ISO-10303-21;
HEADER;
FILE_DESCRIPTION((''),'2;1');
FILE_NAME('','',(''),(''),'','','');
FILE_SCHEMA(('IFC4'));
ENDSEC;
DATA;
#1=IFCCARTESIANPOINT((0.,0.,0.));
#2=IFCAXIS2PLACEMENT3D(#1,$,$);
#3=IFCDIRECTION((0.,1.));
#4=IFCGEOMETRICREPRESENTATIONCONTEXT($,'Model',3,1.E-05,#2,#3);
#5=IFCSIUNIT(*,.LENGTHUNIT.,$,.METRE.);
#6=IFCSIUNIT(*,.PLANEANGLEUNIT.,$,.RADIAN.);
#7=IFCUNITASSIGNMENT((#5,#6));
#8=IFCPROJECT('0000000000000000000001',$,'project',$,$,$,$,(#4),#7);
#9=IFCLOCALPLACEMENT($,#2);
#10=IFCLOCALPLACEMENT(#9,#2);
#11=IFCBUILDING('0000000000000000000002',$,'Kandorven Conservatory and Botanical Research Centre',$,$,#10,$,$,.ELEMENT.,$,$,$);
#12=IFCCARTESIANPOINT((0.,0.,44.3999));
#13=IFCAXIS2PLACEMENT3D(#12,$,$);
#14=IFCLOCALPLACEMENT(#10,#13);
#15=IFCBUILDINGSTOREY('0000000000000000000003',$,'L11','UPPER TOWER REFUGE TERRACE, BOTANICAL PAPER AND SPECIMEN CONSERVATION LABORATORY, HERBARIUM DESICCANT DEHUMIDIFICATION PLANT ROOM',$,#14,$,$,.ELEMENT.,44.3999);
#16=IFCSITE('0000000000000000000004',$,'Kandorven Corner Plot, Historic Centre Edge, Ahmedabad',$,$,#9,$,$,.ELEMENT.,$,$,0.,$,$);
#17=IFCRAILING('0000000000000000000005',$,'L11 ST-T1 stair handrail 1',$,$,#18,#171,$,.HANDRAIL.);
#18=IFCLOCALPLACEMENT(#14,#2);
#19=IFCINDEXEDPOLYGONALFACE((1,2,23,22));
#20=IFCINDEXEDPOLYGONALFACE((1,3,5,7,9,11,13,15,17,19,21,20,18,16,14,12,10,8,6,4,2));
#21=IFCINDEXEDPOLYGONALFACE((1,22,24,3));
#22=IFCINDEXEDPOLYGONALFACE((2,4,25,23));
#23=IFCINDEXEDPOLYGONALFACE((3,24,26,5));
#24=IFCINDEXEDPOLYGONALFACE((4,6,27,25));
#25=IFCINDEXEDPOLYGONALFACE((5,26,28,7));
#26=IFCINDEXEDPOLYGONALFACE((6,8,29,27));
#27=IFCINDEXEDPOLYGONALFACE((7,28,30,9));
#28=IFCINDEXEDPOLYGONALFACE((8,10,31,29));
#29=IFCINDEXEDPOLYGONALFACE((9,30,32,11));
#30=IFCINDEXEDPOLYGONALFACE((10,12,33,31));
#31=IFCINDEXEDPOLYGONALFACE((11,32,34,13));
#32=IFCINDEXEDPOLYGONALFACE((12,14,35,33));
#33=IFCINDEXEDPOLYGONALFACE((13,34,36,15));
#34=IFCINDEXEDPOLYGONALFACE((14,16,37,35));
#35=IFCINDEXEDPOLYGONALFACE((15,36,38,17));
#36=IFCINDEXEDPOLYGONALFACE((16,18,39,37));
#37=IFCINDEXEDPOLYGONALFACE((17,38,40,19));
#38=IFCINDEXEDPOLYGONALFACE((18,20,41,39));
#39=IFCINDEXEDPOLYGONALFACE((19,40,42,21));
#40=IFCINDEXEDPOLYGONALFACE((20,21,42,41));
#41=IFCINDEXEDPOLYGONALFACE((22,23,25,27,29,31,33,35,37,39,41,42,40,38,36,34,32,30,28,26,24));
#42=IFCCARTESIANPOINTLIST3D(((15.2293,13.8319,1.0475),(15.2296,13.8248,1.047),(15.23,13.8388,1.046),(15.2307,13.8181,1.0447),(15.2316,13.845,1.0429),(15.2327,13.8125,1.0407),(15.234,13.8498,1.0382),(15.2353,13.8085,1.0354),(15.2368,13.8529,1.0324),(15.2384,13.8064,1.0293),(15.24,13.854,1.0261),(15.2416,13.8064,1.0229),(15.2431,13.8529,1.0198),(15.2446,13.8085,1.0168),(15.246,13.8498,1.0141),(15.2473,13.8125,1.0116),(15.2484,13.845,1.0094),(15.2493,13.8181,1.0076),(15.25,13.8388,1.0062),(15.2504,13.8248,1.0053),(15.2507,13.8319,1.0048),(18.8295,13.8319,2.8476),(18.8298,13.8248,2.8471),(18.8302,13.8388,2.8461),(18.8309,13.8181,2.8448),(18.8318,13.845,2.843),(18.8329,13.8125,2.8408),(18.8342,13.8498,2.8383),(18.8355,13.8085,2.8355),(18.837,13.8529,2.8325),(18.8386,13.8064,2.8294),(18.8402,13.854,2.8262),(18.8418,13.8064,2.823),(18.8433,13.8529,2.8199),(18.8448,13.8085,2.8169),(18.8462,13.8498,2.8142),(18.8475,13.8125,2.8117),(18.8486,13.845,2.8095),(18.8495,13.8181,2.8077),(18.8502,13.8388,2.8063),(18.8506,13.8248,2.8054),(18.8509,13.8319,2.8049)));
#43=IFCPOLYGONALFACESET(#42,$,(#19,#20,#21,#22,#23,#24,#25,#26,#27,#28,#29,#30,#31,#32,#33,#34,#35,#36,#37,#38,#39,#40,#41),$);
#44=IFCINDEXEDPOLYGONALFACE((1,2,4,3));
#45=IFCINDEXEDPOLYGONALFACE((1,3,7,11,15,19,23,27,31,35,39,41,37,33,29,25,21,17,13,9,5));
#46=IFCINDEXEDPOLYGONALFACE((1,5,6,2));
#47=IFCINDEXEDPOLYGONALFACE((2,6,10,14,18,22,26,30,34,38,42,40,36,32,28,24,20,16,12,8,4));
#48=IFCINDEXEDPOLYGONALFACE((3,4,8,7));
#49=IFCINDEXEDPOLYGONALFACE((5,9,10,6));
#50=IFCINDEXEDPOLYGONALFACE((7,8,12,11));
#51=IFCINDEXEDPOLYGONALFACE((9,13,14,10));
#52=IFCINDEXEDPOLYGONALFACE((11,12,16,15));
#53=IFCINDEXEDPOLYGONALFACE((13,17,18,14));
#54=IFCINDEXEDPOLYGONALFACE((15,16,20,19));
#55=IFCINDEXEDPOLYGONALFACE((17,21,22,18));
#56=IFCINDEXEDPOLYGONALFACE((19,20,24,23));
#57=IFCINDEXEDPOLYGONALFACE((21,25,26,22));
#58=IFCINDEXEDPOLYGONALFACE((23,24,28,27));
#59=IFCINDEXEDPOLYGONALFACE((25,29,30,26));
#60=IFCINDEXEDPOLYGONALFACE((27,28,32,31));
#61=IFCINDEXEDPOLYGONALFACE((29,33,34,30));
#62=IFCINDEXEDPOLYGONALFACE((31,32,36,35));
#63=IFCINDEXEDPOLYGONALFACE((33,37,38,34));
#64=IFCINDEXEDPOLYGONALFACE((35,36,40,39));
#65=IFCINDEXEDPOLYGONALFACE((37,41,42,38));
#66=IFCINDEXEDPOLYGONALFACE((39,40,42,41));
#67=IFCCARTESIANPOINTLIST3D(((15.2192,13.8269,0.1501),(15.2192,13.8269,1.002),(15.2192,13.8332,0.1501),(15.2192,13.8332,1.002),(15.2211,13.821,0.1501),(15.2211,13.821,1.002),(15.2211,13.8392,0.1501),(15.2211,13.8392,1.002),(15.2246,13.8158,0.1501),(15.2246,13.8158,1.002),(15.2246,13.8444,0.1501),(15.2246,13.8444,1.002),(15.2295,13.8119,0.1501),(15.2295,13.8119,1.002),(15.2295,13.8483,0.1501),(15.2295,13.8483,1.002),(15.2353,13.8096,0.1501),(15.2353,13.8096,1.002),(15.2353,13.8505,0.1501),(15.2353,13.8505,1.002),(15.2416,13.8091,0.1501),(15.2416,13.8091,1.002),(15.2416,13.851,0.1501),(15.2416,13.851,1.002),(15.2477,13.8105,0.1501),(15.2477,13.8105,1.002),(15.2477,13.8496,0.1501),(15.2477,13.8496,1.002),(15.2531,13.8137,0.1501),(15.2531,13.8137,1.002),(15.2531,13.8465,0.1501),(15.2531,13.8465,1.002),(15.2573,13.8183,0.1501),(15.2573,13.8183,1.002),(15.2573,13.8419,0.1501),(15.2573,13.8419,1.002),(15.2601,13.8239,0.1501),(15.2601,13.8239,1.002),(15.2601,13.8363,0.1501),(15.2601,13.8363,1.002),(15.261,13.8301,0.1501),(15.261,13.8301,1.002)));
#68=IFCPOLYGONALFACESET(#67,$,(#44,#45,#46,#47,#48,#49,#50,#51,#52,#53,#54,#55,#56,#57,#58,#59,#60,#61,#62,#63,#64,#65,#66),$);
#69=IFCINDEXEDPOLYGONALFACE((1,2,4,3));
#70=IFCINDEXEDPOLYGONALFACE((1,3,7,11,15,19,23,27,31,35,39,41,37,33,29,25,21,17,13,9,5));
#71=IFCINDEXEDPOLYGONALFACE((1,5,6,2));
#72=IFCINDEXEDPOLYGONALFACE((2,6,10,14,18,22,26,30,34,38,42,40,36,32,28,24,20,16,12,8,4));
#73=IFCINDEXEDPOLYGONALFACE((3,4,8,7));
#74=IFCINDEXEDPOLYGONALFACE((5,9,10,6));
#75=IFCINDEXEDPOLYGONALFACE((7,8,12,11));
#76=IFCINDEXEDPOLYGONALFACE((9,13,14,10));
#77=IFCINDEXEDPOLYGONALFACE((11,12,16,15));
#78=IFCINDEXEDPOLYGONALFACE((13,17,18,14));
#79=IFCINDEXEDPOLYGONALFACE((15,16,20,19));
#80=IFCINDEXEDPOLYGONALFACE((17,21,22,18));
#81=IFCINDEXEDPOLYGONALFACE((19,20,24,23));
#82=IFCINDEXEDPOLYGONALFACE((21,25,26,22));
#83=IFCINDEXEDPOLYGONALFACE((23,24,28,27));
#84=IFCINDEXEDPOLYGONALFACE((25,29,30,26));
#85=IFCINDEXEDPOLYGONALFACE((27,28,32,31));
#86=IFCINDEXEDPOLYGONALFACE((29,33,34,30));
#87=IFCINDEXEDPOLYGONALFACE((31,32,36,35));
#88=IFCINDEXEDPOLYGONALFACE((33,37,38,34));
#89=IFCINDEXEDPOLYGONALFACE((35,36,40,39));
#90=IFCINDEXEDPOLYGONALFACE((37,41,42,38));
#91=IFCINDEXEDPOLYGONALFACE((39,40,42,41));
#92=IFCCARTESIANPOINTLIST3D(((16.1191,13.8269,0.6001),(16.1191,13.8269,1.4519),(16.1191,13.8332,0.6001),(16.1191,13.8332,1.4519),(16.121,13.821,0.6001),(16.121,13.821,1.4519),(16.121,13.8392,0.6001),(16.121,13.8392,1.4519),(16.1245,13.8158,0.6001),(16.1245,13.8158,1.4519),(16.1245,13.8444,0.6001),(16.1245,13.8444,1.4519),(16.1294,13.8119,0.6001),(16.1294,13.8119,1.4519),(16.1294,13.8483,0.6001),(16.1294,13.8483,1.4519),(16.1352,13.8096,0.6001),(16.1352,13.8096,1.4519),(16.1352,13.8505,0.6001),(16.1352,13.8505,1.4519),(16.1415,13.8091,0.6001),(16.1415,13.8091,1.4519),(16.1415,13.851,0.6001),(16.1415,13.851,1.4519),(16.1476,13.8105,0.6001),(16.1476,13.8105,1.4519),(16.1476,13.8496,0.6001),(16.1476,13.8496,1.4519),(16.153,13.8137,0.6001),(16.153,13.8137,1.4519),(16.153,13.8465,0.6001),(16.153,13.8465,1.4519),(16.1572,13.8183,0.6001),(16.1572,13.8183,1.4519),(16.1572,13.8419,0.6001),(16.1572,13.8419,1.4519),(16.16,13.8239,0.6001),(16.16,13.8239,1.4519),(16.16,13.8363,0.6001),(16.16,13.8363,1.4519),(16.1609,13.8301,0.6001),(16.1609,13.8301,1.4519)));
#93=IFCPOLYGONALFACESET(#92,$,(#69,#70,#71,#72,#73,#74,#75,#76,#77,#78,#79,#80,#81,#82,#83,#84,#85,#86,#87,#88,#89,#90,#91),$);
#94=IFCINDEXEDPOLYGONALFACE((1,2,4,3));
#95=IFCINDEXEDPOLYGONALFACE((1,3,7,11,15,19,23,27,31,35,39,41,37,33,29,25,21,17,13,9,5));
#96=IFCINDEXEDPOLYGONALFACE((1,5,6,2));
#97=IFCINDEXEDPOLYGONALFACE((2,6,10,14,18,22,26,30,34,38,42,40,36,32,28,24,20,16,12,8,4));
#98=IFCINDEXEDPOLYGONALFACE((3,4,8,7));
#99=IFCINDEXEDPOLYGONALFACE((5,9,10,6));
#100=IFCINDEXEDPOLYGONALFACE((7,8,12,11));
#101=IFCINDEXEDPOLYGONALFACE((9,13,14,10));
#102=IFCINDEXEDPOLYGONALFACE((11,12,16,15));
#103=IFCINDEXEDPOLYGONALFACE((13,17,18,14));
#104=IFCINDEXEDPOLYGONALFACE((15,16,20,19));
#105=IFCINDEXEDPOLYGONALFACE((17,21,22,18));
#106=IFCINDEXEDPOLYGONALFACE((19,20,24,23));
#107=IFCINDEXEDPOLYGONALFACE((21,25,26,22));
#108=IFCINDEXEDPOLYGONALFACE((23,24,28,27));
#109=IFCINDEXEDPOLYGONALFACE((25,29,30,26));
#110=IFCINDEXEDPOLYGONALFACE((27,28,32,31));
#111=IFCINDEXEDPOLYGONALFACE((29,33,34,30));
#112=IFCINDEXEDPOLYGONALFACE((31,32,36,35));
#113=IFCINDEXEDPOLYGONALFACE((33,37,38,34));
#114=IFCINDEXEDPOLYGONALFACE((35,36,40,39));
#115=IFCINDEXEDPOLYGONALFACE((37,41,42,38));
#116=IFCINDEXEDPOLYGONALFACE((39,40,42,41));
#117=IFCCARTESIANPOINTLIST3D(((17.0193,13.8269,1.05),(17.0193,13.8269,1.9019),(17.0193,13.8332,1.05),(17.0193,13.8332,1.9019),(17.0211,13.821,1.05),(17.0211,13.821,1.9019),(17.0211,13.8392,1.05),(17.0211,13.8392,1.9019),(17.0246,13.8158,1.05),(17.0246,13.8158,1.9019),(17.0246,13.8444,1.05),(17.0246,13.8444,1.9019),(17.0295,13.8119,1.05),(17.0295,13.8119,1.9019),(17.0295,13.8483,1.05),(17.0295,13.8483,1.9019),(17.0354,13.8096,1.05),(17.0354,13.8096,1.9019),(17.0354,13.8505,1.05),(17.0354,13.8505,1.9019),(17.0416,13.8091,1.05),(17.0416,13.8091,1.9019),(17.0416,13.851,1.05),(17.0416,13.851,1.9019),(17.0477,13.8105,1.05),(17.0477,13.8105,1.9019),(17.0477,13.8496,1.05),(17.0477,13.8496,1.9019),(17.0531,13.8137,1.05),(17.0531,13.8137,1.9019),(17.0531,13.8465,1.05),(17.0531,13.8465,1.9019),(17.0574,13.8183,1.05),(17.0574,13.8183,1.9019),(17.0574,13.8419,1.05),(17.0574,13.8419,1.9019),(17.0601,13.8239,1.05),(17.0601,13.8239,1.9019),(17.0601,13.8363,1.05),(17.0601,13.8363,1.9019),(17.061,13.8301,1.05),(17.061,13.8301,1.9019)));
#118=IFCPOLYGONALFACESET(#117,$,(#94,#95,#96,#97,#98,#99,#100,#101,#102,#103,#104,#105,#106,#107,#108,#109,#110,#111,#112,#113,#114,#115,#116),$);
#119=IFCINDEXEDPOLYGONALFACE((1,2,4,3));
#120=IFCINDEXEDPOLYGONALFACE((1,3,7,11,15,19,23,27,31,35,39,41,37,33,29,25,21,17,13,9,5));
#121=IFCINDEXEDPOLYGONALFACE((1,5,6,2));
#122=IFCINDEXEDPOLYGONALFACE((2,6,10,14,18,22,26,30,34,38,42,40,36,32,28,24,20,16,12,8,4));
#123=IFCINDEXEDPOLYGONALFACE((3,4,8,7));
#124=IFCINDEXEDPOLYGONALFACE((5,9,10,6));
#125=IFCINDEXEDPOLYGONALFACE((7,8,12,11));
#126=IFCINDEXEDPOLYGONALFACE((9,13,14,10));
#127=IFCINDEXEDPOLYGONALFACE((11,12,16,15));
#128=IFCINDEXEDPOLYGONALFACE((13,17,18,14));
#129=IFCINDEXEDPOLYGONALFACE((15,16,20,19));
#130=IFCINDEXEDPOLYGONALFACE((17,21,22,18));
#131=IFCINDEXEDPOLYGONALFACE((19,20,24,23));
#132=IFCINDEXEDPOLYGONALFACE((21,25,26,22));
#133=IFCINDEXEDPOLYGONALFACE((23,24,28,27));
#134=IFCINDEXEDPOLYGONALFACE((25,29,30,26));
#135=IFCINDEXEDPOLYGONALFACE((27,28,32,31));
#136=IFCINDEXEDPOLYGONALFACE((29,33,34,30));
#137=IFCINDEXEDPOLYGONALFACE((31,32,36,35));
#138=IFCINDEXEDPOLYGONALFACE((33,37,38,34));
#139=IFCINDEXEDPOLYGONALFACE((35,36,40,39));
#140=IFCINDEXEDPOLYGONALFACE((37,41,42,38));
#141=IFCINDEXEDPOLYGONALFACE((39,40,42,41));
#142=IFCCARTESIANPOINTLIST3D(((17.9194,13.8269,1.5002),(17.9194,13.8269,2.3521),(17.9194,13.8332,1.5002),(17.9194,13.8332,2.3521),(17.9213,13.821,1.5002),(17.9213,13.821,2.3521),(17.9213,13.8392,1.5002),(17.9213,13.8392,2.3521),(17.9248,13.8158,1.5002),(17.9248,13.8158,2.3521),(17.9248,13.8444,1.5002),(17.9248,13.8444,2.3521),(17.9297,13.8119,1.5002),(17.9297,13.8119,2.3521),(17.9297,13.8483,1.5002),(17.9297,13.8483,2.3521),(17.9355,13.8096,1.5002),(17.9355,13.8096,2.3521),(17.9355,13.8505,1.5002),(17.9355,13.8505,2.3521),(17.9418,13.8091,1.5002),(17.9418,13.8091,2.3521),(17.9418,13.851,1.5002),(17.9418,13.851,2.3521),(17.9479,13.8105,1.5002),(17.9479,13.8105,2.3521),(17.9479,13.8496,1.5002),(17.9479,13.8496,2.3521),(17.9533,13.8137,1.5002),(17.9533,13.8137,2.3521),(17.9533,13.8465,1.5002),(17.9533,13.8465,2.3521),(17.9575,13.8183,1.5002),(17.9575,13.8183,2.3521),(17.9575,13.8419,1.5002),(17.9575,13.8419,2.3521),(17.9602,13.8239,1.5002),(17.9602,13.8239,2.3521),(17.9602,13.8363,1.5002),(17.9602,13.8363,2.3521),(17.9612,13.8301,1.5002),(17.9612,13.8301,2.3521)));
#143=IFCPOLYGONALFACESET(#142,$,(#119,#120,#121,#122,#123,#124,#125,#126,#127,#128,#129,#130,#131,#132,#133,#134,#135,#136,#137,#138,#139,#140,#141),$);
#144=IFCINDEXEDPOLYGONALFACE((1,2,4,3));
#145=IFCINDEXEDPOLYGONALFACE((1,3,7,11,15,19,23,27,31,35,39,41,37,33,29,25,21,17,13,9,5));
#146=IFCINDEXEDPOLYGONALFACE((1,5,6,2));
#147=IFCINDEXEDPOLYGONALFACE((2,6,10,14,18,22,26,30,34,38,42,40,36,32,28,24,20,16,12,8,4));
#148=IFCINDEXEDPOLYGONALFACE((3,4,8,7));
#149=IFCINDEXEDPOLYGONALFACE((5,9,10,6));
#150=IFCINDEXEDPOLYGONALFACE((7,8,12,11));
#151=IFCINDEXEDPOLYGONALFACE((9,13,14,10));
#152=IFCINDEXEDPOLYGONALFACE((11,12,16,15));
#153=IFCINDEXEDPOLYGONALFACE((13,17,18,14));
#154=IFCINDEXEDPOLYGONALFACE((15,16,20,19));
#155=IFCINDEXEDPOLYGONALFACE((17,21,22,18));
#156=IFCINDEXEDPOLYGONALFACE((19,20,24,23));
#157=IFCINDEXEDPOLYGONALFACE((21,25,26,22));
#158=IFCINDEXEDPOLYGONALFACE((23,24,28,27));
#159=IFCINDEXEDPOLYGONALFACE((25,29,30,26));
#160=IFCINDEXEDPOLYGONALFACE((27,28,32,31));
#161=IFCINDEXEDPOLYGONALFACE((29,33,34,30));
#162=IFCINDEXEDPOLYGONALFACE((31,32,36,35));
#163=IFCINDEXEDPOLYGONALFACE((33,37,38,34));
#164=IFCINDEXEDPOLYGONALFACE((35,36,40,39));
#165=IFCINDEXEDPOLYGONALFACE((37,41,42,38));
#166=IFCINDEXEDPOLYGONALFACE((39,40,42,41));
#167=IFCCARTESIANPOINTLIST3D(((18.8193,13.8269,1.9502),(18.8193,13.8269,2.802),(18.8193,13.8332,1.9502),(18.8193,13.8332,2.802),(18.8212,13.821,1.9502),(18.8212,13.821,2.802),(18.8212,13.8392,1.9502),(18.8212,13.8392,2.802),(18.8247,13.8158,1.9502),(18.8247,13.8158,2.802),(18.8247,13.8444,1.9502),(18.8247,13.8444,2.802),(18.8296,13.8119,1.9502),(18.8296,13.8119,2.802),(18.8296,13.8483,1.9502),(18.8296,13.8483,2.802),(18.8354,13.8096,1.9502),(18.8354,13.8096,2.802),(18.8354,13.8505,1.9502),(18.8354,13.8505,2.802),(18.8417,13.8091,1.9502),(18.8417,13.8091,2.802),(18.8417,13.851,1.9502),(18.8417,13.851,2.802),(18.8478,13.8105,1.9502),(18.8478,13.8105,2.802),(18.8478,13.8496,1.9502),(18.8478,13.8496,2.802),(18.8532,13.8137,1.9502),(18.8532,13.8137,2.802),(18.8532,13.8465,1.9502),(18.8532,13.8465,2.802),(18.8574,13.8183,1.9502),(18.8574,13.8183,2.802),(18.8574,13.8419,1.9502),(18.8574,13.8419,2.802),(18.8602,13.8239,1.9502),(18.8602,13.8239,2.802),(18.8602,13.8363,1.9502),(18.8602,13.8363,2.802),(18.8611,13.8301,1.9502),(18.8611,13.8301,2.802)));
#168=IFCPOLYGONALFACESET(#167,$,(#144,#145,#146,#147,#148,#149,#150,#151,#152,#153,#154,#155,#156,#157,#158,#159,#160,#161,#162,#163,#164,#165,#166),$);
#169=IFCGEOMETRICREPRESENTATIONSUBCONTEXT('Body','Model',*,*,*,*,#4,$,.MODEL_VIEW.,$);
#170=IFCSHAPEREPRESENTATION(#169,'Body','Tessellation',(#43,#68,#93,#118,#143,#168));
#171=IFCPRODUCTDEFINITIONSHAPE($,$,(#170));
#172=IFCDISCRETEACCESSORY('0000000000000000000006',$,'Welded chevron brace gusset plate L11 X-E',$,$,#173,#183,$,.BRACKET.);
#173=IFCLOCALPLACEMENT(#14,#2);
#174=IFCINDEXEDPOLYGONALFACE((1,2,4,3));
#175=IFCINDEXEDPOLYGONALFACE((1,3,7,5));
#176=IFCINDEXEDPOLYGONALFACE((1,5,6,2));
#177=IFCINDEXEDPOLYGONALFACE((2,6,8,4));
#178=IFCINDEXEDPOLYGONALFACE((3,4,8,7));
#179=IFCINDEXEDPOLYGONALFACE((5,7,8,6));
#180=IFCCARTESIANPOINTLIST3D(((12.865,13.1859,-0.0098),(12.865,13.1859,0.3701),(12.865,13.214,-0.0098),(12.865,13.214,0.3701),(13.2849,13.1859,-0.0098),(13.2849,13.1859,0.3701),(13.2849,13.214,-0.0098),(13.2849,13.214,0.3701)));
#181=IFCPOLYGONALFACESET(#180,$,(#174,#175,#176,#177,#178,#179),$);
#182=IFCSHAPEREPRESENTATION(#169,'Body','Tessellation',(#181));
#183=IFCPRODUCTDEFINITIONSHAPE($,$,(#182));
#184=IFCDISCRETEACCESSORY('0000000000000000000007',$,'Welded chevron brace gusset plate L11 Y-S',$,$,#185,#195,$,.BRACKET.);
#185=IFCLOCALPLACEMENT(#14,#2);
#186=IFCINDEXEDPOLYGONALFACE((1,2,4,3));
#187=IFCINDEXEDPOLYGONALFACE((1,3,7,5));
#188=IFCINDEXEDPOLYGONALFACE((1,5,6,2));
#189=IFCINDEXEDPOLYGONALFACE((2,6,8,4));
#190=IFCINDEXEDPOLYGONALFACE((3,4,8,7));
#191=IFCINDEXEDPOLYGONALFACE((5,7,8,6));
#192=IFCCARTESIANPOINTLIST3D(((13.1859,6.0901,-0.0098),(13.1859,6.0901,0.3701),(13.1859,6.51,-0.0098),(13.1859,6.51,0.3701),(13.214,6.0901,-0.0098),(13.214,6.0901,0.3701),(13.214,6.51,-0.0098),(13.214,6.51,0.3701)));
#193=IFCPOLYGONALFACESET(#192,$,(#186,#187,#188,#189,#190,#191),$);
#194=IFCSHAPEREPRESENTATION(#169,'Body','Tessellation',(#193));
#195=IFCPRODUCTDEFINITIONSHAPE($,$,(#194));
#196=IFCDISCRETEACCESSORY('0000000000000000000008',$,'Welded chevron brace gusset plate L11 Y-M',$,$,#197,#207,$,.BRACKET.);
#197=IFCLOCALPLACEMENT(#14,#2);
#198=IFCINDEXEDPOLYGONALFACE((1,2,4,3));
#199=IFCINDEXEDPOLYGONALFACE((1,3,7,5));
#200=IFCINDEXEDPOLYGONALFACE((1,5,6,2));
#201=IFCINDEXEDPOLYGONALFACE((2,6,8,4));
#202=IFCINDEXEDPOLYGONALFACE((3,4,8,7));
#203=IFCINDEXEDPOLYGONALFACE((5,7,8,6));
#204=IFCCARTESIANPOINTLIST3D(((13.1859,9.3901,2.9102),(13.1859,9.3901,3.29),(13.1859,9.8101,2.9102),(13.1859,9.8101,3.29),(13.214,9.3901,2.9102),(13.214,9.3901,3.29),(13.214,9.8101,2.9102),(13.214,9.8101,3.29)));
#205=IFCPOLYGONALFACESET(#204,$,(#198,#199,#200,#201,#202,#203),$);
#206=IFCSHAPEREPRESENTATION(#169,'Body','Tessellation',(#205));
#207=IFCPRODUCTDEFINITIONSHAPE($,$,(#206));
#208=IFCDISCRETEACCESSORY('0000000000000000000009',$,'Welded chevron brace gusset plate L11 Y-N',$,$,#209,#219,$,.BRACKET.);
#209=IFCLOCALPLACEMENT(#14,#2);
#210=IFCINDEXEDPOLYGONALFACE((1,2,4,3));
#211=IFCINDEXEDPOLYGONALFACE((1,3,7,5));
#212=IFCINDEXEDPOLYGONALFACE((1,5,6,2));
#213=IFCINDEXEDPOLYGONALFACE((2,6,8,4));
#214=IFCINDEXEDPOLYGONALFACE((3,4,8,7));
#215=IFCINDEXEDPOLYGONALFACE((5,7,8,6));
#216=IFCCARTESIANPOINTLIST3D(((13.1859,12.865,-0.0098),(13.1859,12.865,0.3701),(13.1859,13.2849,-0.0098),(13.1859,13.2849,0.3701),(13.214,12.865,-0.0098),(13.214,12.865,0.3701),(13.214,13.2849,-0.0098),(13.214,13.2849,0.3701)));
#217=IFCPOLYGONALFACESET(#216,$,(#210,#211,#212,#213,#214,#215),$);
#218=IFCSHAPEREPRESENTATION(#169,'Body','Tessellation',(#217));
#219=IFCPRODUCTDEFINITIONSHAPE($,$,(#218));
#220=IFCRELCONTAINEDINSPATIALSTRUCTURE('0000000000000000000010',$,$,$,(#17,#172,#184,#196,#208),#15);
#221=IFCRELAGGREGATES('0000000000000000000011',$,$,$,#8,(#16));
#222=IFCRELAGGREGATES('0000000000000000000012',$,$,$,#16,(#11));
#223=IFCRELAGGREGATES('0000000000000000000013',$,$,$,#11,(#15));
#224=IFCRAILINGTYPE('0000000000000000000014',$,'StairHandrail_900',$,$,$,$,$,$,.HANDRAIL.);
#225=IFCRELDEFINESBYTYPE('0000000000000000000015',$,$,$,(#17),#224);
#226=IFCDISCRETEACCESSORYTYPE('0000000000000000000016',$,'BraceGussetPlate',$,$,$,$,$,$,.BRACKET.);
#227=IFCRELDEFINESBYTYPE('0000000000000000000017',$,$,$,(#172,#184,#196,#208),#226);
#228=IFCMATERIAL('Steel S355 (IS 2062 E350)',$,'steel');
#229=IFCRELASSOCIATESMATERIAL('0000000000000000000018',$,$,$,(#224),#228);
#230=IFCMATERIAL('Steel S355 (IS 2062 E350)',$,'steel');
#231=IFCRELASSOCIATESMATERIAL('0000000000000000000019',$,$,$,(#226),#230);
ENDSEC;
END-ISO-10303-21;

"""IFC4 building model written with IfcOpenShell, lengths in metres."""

from ifc_helpers import new_model, si_unit, direction, frame, origin, origin_2d, place, context, subcontext, project, spatial, rectangle, circle, extrude, material, type_object, element, save


model = new_model("IFC4")

# Units and contexts
model_context = context("Model", 3, precision=1e-05, world=origin(), true_north=direction((0.0, 1.0)))
body_context = subcontext(model_context, "Body", "Model", "MODEL_VIEW")
ifc_project = project(units=[si_unit("LENGTHUNIT", "METRE"), si_unit("PLANEANGLEUNIT", "RADIAN")], contexts=[model_context])

# Site, building, storey
site_placement = place(None, origin())
site = spatial("IfcSite", under=ifc_project, at=site_placement, Name="Kandorven Corner Plot, Historic Centre Edge, Ahmedabad", CompositionType="ELEMENT", RefElevation=0.0)
building_placement = place(site_placement, origin())
building = spatial("IfcBuilding", under=site, at=building_placement, Name="Kandorven Conservatory and Botanical Research Centre", CompositionType="ELEMENT")
storey_placement = place(building_placement, frame((0.0, 0.0, 44.3999)))
storey = spatial("IfcBuildingStorey", under=building, at=storey_placement, Name="L11", Description="UPPER TOWER REFUGE TERRACE, BOTANICAL PAPER AND SPECIMEN CONSERVATION LABORATORY, HERBARIUM DESICCANT DEHUMIDIFICATION PLANT ROOM", CompositionType="ELEMENT", Elevation=44.3999)

# Railing
ifc_material_1 = material(Name="Steel S355 (IS 2062 E350)", Category="steel")
railing_type_1 = type_object("IfcRailingType", Name="StairHandrail_900", PredefinedType="HANDRAIL", material=ifc_material_1)
railing_1_placement = place(storey_placement, frame((15.24, 13.8301, 0.1501)))
element("IfcRailing", 1, at=railing_1_placement, inside=storey, type_object=railing_type_1, Name="L11 ST-T1 stair handrail 1", PredefinedType="HANDRAIL", context=body_context, shape_type="SweptSolid", body=[
    extrude(circle(Radius=0.0239, at=origin_2d()), frame((0.0, 0.0, 0.876), z_axis=(0.894427, 0.0, 0.447214), x_axis=(0.0, 1.0, 0.0)), (0.0, 0.0, 1.0), 4.0251),
    extrude(circle(Radius=0.021, at=origin_2d()), origin(), (0.0, 0.0, 1.0), 0.8518),
    extrude(circle(Radius=0.021, at=origin_2d()), frame((0.8999, 0.0, 0.45)), (0.0, 0.0, 1.0), 0.8518),
    extrude(circle(Radius=0.021, at=origin_2d()), frame((1.8, 0.0, 0.8999)), (0.0, 0.0, 1.0), 0.8518),
    extrude(circle(Radius=0.021, at=origin_2d()), frame((2.7002, 0.0, 1.3501)), (0.0, 0.0, 1.0), 0.8518),
    extrude(circle(Radius=0.021, at=origin_2d()), frame((3.6001, 0.0, 1.8)), (0.0, 0.0, 1.0), 0.8518),
])

# Discrete accessories
ifc_material_2 = material(Name="Steel S355 (IS 2062 E350)", Category="steel")
discrete_accessory_type = type_object("IfcDiscreteAccessoryType", Name="BraceGussetPlate", PredefinedType="BRACKET", material=ifc_material_2)
discrete_accessory_placement = place(storey_placement, frame((13.075, 13.2, -0.0098), z_axis=(0.0, 0.0, 1.0), x_axis=(1.0, 0.0, 0.0)))
element("IfcDiscreteAccessory", 2, at=discrete_accessory_placement, inside=storey, type_object=discrete_accessory_type, Name="Welded chevron brace gusset plate L11 X-E", PredefinedType="BRACKET", context=body_context, shape_type="SweptSolid", body=[
    extrude(rectangle(XDim=0.4199, YDim=0.0281, at=origin_2d()), origin(), (0.0, 0.0, 1.0), 0.3799),
])
for number, where, z_axis, x_axis, name in (
    (3, (13.2, 6.3, -0.0098), (0.0, 0.0, 1.0), (1.0, 0.0, 0.0), "Welded chevron brace gusset plate L11 Y-S"),
    (4, (13.2, 9.6001, 2.9102), (0.0, 0.0, 1.0), (1.0, 0.0, 0.0), "Welded chevron brace gusset plate L11 Y-M"),
    (5, (13.2, 13.075, -0.0098), (0.0, 0.0, 1.0), (1.0, 0.0, 0.0), "Welded chevron brace gusset plate L11 Y-N"),
):
    element("IfcDiscreteAccessory", number, at=place(storey_placement, frame(where, z_axis=z_axis, x_axis=x_axis)), inside=storey, type_object=discrete_accessory_type, Name=name, PredefinedType="BRACKET", context=body_context, shape_type="SweptSolid", body=[
        extrude(rectangle(XDim=0.0281, YDim=0.4199, at=origin_2d()), origin(), (0.0, 0.0, 1.0), 0.3799),
    ])

save(model, "model.ifc")
